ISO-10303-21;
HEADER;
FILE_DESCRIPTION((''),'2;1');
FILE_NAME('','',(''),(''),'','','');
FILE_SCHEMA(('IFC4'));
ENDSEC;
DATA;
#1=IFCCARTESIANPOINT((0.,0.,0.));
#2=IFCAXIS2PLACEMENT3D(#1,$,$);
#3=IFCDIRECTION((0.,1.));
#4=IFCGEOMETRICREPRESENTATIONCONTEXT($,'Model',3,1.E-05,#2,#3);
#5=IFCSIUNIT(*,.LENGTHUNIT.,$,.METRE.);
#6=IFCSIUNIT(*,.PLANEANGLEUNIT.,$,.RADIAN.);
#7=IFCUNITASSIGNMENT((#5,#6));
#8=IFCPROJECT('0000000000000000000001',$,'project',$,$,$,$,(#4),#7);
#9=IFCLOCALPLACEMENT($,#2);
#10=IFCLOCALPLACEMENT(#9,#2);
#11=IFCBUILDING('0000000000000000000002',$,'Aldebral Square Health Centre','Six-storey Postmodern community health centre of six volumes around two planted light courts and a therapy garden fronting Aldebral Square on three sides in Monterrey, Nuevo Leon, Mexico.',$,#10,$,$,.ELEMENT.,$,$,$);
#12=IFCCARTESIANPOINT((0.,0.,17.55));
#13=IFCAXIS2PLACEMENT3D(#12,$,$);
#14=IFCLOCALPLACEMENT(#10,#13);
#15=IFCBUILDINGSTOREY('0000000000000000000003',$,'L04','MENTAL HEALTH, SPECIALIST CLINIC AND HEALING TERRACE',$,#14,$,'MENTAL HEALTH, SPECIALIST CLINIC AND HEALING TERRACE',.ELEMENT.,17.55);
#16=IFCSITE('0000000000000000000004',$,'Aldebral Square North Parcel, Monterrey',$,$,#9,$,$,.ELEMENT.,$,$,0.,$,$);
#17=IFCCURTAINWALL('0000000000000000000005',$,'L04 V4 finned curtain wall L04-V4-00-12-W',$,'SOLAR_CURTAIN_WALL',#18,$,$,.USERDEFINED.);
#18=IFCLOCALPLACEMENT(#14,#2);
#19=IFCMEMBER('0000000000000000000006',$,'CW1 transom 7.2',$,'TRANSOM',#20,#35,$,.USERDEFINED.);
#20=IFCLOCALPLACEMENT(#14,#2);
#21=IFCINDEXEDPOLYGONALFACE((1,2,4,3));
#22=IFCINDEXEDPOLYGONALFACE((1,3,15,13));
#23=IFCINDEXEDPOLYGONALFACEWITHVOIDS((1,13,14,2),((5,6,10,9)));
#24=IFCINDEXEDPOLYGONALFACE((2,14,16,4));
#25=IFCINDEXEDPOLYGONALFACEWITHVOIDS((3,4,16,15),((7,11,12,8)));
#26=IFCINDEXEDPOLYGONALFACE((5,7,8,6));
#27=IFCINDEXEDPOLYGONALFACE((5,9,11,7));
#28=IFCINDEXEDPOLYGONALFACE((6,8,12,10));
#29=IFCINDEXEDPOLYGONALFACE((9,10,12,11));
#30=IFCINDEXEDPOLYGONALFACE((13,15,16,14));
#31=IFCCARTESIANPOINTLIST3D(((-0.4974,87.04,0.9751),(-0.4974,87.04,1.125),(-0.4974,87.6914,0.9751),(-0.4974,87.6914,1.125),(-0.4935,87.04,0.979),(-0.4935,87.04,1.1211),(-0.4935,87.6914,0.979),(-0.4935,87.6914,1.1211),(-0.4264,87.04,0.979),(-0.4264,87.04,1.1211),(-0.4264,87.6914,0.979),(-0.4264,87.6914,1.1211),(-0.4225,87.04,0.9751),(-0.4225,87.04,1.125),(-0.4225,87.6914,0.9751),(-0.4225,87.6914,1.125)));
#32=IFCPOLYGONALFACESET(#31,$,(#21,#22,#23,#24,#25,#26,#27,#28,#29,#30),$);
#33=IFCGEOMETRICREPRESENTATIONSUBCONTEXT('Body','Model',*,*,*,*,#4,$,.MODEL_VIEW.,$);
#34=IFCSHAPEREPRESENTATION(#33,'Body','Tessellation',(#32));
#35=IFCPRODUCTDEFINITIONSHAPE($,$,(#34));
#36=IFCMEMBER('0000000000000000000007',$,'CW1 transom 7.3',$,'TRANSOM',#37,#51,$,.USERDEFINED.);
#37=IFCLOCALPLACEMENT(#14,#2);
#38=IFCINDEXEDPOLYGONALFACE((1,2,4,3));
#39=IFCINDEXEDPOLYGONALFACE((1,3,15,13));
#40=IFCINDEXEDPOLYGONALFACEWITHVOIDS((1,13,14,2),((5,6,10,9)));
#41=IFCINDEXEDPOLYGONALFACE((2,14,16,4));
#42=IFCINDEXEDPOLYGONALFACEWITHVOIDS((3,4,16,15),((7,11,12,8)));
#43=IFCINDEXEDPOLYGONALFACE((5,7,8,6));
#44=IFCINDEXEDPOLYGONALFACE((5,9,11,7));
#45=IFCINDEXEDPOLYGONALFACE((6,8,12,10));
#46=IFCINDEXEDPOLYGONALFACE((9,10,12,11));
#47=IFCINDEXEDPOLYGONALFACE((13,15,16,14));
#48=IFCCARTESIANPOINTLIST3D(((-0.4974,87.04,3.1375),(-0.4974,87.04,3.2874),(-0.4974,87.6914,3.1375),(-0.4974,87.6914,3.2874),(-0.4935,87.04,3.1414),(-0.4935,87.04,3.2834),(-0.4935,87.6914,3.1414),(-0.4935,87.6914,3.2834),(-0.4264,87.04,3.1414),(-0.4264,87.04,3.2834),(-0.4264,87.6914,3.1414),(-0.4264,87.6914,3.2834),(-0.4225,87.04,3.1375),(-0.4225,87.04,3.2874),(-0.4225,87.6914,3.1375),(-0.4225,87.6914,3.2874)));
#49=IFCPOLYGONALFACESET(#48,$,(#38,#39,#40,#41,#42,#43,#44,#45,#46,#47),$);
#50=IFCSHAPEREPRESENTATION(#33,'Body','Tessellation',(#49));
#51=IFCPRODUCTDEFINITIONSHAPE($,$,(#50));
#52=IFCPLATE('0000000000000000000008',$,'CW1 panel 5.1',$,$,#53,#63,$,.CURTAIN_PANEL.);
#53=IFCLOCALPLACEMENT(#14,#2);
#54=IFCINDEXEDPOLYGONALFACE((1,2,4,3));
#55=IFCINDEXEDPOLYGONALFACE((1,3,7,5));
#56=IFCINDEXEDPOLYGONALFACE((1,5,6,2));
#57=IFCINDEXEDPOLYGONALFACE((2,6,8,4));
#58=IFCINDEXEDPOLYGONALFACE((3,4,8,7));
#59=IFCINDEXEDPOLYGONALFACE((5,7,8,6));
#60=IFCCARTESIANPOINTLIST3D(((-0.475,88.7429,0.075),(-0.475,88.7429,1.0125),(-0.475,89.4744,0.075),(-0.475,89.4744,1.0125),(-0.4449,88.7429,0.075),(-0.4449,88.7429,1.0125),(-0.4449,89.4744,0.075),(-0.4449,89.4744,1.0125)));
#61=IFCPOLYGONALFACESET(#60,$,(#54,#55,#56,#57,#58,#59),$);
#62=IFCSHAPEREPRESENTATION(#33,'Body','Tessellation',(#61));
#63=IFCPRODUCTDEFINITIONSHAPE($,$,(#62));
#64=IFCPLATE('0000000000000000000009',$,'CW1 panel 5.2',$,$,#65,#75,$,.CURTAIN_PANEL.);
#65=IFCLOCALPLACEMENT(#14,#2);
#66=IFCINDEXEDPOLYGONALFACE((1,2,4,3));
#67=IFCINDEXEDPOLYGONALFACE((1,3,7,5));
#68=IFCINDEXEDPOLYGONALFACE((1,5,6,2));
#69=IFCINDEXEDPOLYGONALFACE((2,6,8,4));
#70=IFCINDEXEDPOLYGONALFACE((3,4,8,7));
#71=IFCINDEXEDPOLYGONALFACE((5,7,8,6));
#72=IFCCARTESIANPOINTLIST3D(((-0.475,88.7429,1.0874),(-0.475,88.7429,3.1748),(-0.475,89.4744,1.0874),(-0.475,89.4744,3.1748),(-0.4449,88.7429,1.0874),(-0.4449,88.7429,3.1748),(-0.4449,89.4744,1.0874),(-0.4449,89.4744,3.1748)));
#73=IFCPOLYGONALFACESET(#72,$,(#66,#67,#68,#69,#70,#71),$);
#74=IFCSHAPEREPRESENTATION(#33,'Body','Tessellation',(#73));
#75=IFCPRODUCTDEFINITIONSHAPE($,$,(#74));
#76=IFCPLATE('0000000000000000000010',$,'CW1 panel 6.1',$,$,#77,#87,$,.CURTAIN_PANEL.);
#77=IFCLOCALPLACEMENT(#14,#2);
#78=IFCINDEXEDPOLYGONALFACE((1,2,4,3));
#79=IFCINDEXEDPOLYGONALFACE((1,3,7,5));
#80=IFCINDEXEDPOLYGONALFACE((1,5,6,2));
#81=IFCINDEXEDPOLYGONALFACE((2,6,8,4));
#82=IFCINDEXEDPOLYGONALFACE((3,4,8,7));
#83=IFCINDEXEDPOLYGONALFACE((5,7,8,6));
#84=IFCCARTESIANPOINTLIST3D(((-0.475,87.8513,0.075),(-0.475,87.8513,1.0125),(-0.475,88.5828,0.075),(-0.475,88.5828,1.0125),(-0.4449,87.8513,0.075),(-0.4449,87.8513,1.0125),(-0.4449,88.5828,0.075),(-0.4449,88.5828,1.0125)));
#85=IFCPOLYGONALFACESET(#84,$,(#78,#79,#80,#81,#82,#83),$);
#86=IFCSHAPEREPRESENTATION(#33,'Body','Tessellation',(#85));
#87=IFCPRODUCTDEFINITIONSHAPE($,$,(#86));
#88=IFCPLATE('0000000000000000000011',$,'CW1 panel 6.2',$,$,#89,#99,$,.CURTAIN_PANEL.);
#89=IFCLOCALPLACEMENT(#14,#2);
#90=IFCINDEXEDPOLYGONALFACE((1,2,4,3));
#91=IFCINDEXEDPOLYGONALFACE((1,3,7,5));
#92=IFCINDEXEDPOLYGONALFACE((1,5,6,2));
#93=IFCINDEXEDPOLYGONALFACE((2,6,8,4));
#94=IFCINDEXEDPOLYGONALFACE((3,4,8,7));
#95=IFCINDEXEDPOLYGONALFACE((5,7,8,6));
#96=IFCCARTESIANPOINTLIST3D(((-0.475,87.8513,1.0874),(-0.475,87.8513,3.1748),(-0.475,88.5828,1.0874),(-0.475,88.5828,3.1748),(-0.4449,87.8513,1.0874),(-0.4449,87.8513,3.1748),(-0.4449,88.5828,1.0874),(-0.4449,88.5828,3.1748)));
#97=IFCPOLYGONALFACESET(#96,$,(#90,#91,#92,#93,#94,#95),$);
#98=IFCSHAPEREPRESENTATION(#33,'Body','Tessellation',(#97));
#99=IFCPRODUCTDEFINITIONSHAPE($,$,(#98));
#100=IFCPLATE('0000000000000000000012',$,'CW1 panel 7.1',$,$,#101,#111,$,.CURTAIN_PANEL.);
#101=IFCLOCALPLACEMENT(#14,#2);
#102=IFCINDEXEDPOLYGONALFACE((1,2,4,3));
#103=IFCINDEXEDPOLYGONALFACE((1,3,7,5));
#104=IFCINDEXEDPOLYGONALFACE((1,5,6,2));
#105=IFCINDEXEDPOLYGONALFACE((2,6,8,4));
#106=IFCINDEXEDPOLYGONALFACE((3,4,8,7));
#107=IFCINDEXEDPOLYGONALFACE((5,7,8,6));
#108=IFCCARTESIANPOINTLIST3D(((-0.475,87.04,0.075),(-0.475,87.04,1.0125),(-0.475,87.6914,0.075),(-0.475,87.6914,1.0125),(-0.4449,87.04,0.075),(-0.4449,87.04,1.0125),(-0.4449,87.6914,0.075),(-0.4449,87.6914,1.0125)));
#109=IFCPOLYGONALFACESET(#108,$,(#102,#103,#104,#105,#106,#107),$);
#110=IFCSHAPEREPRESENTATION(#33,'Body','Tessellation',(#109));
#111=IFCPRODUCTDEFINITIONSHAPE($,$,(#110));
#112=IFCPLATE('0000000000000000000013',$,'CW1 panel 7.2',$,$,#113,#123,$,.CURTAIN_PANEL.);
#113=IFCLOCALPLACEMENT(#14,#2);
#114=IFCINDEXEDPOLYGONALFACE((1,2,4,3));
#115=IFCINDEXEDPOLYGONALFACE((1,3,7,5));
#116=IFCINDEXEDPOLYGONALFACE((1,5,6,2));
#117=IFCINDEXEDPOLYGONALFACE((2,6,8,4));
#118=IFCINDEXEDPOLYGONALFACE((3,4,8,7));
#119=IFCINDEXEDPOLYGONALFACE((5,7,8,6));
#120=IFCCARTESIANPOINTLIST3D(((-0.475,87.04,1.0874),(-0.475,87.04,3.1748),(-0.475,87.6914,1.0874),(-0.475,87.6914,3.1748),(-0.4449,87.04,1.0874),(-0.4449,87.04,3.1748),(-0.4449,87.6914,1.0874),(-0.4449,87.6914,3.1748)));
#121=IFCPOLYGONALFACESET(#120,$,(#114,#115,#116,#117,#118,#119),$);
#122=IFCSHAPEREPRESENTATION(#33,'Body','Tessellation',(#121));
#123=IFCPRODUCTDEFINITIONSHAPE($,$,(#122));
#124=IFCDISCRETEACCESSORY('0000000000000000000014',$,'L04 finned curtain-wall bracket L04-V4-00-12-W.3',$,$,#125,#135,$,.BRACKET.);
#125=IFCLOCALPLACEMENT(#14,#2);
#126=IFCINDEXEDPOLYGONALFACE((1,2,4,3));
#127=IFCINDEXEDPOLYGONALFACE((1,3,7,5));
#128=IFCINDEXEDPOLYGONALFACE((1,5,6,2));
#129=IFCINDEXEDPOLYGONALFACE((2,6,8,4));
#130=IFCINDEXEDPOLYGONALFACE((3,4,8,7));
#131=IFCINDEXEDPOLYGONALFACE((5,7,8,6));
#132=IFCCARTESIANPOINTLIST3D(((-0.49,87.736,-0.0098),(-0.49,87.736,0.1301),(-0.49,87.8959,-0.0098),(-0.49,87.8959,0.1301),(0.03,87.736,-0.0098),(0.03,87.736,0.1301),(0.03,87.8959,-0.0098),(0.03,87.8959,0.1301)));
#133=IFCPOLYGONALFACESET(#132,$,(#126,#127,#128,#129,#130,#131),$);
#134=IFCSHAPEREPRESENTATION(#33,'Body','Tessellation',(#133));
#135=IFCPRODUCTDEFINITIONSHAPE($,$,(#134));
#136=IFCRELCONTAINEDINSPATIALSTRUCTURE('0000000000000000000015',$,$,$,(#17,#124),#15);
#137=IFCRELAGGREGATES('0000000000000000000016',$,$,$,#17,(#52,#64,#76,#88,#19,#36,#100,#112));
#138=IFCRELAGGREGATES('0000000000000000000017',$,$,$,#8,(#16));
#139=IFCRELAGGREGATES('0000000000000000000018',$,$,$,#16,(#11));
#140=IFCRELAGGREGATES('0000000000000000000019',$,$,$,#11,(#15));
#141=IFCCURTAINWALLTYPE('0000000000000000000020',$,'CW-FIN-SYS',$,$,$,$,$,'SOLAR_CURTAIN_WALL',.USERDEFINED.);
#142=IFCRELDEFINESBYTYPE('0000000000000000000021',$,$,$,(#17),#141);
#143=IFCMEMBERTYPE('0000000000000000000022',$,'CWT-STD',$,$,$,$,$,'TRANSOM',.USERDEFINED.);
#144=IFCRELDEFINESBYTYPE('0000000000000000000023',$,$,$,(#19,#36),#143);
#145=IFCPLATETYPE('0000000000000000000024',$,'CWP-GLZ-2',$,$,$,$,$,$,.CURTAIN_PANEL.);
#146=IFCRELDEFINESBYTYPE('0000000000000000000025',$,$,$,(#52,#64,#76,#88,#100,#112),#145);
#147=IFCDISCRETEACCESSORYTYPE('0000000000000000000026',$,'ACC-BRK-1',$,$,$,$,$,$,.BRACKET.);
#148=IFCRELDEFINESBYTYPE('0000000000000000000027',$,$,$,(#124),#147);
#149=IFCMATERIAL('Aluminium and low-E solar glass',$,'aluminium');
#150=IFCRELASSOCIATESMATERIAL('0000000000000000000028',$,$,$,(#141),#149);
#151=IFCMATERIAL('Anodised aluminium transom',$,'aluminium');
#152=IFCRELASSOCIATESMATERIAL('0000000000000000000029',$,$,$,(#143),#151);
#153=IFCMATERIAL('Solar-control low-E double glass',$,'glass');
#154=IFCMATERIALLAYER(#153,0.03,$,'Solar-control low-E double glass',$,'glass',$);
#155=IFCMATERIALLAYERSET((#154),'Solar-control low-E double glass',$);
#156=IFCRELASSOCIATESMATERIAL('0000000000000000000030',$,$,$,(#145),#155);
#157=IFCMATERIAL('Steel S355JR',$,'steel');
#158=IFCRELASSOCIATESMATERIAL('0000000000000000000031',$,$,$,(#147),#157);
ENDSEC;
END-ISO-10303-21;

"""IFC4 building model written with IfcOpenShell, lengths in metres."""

from ifc_helpers import new_model, si_unit, direction, frame, origin, origin_2d, place, context, subcontext, project, spatial, rectangle, hollow_rectangle, extrude, material, layer, layer_set, material_profile, profile_set, type_object, element, aggregate, save


model = new_model("IFC4")

# Units and contexts
model_context = context("Model", 3, precision=1e-05, world=origin(), true_north=direction((0.0, 1.0)))
body_context = subcontext(model_context, "Body", "Model", "MODEL_VIEW")
ifc_project = project(units=[si_unit("LENGTHUNIT", "METRE"), si_unit("PLANEANGLEUNIT", "RADIAN")], contexts=[model_context])

# Site, building, storey
site_placement = place(None, origin())
site = spatial("IfcSite", under=ifc_project, at=site_placement, Name="Aldebral Square North Parcel, Monterrey", CompositionType="ELEMENT", RefElevation=0.0)
building_placement = place(site_placement, origin())
building = spatial("IfcBuilding", under=site, at=building_placement, Name="Aldebral Square Health Centre", Description="Six-storey Postmodern community health centre of six volumes around two planted light courts and a therapy garden fronting Aldebral Square on three sides in Monterrey, Nuevo Leon, Mexico.", CompositionType="ELEMENT")
storey_placement = place(building_placement, frame((0.0, 0.0, 17.55)))
storey = spatial("IfcBuildingStorey", under=building, at=storey_placement, Name="L04", Description="MENTAL HEALTH, SPECIALIST CLINIC AND HEALING TERRACE", LongName="MENTAL HEALTH, SPECIALIST CLINIC AND HEALING TERRACE", CompositionType="ELEMENT", Elevation=17.55)

# Curtain wall, members, plates
ifc_material_1 = material(Name="Aluminium and low-E solar glass", Category="aluminium")
curtain_wall_type = type_object("IfcCurtainWallType", Name="CW-FIN-SYS", ElementType="SOLAR_CURTAIN_WALL", PredefinedType="USERDEFINED", material=ifc_material_1)
curtain_wall_placement = place(storey_placement, origin())
curtain_wall = element("IfcCurtainWall", 1, at=curtain_wall_placement, inside=storey, type_object=curtain_wall_type, Name="L04 V4 finned curtain wall L04-V4-00-12-W", ObjectType="SOLAR_CURTAIN_WALL", PredefinedType="USERDEFINED")
ifc_material_2 = material(Name="Anodised aluminium transom", Category="aluminium")
ifc_material_profile_1 = material_profile(ifc_material_2, hollow_rectangle(XDim=0.075, YDim=0.1499, WallThickness=0.0039, at=origin_2d()), Name="CWT 75x150x4")
ifc_profile_set_1 = profile_set([ifc_material_profile_1], Name="Anodised aluminium transom")
member_type_1 = type_object("IfcMemberType", Name="CWT-STD", ElementType="TRANSOM", PredefinedType="USERDEFINED", material=ifc_profile_set_1)
member_1_placement = place(storey_placement, frame((-0.46, 87.6914, 1.05), z_axis=(0.0, -1.0, 0.0), x_axis=(1.0, 0.0, 0.0)))
member_1 = element("IfcMember", 2, at=member_1_placement, type_object=member_type_1, Name="CW1 transom 7.2", ObjectType="TRANSOM", PredefinedType="USERDEFINED", context=body_context, shape_type="SweptSolid", body=[
    extrude(hollow_rectangle(XDim=0.075, YDim=0.1499, WallThickness=0.0039, at=origin_2d()), origin(), (0.0, 0.0, 1.0), 0.6514),
])
member_2_placement = place(storey_placement, frame((-0.46, 87.6914, 3.2124), z_axis=(0.0, -1.0, 0.0), x_axis=(1.0, 0.0, 0.0)))
member_2 = element("IfcMember", 3, at=member_2_placement, type_object=member_type_1, Name="CW1 transom 7.3", ObjectType="TRANSOM", PredefinedType="USERDEFINED", context=body_context, shape_type="SweptSolid", body=[
    extrude(hollow_rectangle(XDim=0.075, YDim=0.1499, WallThickness=0.0039, at=origin_2d()), origin(), (0.0, 0.0, 1.0), 0.6514),
])
ifc_material_3 = material(Name="Solar-control low-E double glass", Category="glass")
ifc_layer_1 = layer(ifc_material_3, 0.03, Name="Solar-control low-E double glass", Category="glass")
ifc_layer_set_1 = layer_set([ifc_layer_1], Name="Solar-control low-E double glass")
plate_type = type_object("IfcPlateType", Name="CWP-GLZ-2", PredefinedType="CURTAIN_PANEL", material=ifc_layer_set_1)
plate_1_placement = place(storey_placement, frame((-0.46, 89.1086, 0.075), z_axis=(0.0, 0.0, 1.0), x_axis=(0.0, -1.0, 0.0)))
plate_1 = element("IfcPlate", 4, at=plate_1_placement, type_object=plate_type, Name="CW1 panel 5.1", PredefinedType="CURTAIN_PANEL", context=body_context, shape_type="SweptSolid", body=[
    extrude(rectangle(XDim=0.7314, YDim=0.03, at=origin_2d()), origin(), (0.0, 0.0, 1.0), 0.9375),
])
plate_2_placement = place(storey_placement, frame((-0.46, 89.1086, 1.0874), z_axis=(0.0, 0.0, 1.0), x_axis=(0.0, -1.0, 0.0)))
plate_2 = element("IfcPlate", 5, at=plate_2_placement, type_object=plate_type, Name="CW1 panel 5.2", PredefinedType="CURTAIN_PANEL", context=body_context, shape_type="SweptSolid", body=[
    extrude(rectangle(XDim=0.7314, YDim=0.03, at=origin_2d()), origin(), (0.0, 0.0, 1.0), 2.0874),
])
plate_3_placement = place(storey_placement, frame((-0.46, 88.217, 0.075), z_axis=(0.0, 0.0, 1.0), x_axis=(0.0, -1.0, 0.0)))
plate_3 = element("IfcPlate", 6, at=plate_3_placement, type_object=plate_type, Name="CW1 panel 6.1", PredefinedType="CURTAIN_PANEL", context=body_context, shape_type="SweptSolid", body=[
    extrude(rectangle(XDim=0.7314, YDim=0.03, at=origin_2d()), origin(), (0.0, 0.0, 1.0), 0.9375),
])
plate_4_placement = place(storey_placement, frame((-0.46, 88.217, 1.0874), z_axis=(0.0, 0.0, 1.0), x_axis=(0.0, -1.0, 0.0)))
plate_4 = element("IfcPlate", 7, at=plate_4_placement, type_object=plate_type, Name="CW1 panel 6.2", PredefinedType="CURTAIN_PANEL", context=body_context, shape_type="SweptSolid", body=[
    extrude(rectangle(XDim=0.7314, YDim=0.03, at=origin_2d()), origin(), (0.0, 0.0, 1.0), 2.0874),
])
plate_5_placement = place(storey_placement, frame((-0.46, 87.3657, 0.075), z_axis=(0.0, 0.0, 1.0), x_axis=(0.0, -1.0, 0.0)))
plate_5 = element("IfcPlate", 8, at=plate_5_placement, type_object=plate_type, Name="CW1 panel 7.1", PredefinedType="CURTAIN_PANEL", context=body_context, shape_type="SweptSolid", body=[
    extrude(rectangle(XDim=0.6514, YDim=0.03, at=origin_2d()), origin(), (0.0, 0.0, 1.0), 0.9375),
])
plate_6_placement = place(storey_placement, frame((-0.46, 87.3657, 1.0874), z_axis=(0.0, 0.0, 1.0), x_axis=(0.0, -1.0, 0.0)))
plate_6 = element("IfcPlate", 9, at=plate_6_placement, type_object=plate_type, Name="CW1 panel 7.2", PredefinedType="CURTAIN_PANEL", context=body_context, shape_type="SweptSolid", body=[
    extrude(rectangle(XDim=0.6514, YDim=0.03, at=origin_2d()), origin(), (0.0, 0.0, 1.0), 2.0874),
])
aggregate(curtain_wall, [plate_1, plate_2, plate_3, plate_4, member_1, member_2, plate_5, plate_6])

# Discrete accessory
ifc_material_4 = material(Name="Steel S355JR", Category="steel")
discrete_accessory_type = type_object("IfcDiscreteAccessoryType", Name="ACC-BRK-1", PredefinedType="BRACKET", material=ifc_material_4)
discrete_accessory_placement = place(storey_placement, frame((-0.23, 87.8159, -0.0098), z_axis=(0.0, 0.0, 1.0), x_axis=(0.0, 1.0, 0.0)))
element("IfcDiscreteAccessory", 10, at=discrete_accessory_placement, inside=storey, type_object=discrete_accessory_type, Name="L04 finned curtain-wall bracket L04-V4-00-12-W.3", PredefinedType="BRACKET", context=body_context, shape_type="SweptSolid", body=[
    extrude(rectangle(XDim=0.1599, YDim=0.52, at=origin_2d()), origin(), (0.0, 0.0, 1.0), 0.1399),
])

save(model, "model.ifc")
